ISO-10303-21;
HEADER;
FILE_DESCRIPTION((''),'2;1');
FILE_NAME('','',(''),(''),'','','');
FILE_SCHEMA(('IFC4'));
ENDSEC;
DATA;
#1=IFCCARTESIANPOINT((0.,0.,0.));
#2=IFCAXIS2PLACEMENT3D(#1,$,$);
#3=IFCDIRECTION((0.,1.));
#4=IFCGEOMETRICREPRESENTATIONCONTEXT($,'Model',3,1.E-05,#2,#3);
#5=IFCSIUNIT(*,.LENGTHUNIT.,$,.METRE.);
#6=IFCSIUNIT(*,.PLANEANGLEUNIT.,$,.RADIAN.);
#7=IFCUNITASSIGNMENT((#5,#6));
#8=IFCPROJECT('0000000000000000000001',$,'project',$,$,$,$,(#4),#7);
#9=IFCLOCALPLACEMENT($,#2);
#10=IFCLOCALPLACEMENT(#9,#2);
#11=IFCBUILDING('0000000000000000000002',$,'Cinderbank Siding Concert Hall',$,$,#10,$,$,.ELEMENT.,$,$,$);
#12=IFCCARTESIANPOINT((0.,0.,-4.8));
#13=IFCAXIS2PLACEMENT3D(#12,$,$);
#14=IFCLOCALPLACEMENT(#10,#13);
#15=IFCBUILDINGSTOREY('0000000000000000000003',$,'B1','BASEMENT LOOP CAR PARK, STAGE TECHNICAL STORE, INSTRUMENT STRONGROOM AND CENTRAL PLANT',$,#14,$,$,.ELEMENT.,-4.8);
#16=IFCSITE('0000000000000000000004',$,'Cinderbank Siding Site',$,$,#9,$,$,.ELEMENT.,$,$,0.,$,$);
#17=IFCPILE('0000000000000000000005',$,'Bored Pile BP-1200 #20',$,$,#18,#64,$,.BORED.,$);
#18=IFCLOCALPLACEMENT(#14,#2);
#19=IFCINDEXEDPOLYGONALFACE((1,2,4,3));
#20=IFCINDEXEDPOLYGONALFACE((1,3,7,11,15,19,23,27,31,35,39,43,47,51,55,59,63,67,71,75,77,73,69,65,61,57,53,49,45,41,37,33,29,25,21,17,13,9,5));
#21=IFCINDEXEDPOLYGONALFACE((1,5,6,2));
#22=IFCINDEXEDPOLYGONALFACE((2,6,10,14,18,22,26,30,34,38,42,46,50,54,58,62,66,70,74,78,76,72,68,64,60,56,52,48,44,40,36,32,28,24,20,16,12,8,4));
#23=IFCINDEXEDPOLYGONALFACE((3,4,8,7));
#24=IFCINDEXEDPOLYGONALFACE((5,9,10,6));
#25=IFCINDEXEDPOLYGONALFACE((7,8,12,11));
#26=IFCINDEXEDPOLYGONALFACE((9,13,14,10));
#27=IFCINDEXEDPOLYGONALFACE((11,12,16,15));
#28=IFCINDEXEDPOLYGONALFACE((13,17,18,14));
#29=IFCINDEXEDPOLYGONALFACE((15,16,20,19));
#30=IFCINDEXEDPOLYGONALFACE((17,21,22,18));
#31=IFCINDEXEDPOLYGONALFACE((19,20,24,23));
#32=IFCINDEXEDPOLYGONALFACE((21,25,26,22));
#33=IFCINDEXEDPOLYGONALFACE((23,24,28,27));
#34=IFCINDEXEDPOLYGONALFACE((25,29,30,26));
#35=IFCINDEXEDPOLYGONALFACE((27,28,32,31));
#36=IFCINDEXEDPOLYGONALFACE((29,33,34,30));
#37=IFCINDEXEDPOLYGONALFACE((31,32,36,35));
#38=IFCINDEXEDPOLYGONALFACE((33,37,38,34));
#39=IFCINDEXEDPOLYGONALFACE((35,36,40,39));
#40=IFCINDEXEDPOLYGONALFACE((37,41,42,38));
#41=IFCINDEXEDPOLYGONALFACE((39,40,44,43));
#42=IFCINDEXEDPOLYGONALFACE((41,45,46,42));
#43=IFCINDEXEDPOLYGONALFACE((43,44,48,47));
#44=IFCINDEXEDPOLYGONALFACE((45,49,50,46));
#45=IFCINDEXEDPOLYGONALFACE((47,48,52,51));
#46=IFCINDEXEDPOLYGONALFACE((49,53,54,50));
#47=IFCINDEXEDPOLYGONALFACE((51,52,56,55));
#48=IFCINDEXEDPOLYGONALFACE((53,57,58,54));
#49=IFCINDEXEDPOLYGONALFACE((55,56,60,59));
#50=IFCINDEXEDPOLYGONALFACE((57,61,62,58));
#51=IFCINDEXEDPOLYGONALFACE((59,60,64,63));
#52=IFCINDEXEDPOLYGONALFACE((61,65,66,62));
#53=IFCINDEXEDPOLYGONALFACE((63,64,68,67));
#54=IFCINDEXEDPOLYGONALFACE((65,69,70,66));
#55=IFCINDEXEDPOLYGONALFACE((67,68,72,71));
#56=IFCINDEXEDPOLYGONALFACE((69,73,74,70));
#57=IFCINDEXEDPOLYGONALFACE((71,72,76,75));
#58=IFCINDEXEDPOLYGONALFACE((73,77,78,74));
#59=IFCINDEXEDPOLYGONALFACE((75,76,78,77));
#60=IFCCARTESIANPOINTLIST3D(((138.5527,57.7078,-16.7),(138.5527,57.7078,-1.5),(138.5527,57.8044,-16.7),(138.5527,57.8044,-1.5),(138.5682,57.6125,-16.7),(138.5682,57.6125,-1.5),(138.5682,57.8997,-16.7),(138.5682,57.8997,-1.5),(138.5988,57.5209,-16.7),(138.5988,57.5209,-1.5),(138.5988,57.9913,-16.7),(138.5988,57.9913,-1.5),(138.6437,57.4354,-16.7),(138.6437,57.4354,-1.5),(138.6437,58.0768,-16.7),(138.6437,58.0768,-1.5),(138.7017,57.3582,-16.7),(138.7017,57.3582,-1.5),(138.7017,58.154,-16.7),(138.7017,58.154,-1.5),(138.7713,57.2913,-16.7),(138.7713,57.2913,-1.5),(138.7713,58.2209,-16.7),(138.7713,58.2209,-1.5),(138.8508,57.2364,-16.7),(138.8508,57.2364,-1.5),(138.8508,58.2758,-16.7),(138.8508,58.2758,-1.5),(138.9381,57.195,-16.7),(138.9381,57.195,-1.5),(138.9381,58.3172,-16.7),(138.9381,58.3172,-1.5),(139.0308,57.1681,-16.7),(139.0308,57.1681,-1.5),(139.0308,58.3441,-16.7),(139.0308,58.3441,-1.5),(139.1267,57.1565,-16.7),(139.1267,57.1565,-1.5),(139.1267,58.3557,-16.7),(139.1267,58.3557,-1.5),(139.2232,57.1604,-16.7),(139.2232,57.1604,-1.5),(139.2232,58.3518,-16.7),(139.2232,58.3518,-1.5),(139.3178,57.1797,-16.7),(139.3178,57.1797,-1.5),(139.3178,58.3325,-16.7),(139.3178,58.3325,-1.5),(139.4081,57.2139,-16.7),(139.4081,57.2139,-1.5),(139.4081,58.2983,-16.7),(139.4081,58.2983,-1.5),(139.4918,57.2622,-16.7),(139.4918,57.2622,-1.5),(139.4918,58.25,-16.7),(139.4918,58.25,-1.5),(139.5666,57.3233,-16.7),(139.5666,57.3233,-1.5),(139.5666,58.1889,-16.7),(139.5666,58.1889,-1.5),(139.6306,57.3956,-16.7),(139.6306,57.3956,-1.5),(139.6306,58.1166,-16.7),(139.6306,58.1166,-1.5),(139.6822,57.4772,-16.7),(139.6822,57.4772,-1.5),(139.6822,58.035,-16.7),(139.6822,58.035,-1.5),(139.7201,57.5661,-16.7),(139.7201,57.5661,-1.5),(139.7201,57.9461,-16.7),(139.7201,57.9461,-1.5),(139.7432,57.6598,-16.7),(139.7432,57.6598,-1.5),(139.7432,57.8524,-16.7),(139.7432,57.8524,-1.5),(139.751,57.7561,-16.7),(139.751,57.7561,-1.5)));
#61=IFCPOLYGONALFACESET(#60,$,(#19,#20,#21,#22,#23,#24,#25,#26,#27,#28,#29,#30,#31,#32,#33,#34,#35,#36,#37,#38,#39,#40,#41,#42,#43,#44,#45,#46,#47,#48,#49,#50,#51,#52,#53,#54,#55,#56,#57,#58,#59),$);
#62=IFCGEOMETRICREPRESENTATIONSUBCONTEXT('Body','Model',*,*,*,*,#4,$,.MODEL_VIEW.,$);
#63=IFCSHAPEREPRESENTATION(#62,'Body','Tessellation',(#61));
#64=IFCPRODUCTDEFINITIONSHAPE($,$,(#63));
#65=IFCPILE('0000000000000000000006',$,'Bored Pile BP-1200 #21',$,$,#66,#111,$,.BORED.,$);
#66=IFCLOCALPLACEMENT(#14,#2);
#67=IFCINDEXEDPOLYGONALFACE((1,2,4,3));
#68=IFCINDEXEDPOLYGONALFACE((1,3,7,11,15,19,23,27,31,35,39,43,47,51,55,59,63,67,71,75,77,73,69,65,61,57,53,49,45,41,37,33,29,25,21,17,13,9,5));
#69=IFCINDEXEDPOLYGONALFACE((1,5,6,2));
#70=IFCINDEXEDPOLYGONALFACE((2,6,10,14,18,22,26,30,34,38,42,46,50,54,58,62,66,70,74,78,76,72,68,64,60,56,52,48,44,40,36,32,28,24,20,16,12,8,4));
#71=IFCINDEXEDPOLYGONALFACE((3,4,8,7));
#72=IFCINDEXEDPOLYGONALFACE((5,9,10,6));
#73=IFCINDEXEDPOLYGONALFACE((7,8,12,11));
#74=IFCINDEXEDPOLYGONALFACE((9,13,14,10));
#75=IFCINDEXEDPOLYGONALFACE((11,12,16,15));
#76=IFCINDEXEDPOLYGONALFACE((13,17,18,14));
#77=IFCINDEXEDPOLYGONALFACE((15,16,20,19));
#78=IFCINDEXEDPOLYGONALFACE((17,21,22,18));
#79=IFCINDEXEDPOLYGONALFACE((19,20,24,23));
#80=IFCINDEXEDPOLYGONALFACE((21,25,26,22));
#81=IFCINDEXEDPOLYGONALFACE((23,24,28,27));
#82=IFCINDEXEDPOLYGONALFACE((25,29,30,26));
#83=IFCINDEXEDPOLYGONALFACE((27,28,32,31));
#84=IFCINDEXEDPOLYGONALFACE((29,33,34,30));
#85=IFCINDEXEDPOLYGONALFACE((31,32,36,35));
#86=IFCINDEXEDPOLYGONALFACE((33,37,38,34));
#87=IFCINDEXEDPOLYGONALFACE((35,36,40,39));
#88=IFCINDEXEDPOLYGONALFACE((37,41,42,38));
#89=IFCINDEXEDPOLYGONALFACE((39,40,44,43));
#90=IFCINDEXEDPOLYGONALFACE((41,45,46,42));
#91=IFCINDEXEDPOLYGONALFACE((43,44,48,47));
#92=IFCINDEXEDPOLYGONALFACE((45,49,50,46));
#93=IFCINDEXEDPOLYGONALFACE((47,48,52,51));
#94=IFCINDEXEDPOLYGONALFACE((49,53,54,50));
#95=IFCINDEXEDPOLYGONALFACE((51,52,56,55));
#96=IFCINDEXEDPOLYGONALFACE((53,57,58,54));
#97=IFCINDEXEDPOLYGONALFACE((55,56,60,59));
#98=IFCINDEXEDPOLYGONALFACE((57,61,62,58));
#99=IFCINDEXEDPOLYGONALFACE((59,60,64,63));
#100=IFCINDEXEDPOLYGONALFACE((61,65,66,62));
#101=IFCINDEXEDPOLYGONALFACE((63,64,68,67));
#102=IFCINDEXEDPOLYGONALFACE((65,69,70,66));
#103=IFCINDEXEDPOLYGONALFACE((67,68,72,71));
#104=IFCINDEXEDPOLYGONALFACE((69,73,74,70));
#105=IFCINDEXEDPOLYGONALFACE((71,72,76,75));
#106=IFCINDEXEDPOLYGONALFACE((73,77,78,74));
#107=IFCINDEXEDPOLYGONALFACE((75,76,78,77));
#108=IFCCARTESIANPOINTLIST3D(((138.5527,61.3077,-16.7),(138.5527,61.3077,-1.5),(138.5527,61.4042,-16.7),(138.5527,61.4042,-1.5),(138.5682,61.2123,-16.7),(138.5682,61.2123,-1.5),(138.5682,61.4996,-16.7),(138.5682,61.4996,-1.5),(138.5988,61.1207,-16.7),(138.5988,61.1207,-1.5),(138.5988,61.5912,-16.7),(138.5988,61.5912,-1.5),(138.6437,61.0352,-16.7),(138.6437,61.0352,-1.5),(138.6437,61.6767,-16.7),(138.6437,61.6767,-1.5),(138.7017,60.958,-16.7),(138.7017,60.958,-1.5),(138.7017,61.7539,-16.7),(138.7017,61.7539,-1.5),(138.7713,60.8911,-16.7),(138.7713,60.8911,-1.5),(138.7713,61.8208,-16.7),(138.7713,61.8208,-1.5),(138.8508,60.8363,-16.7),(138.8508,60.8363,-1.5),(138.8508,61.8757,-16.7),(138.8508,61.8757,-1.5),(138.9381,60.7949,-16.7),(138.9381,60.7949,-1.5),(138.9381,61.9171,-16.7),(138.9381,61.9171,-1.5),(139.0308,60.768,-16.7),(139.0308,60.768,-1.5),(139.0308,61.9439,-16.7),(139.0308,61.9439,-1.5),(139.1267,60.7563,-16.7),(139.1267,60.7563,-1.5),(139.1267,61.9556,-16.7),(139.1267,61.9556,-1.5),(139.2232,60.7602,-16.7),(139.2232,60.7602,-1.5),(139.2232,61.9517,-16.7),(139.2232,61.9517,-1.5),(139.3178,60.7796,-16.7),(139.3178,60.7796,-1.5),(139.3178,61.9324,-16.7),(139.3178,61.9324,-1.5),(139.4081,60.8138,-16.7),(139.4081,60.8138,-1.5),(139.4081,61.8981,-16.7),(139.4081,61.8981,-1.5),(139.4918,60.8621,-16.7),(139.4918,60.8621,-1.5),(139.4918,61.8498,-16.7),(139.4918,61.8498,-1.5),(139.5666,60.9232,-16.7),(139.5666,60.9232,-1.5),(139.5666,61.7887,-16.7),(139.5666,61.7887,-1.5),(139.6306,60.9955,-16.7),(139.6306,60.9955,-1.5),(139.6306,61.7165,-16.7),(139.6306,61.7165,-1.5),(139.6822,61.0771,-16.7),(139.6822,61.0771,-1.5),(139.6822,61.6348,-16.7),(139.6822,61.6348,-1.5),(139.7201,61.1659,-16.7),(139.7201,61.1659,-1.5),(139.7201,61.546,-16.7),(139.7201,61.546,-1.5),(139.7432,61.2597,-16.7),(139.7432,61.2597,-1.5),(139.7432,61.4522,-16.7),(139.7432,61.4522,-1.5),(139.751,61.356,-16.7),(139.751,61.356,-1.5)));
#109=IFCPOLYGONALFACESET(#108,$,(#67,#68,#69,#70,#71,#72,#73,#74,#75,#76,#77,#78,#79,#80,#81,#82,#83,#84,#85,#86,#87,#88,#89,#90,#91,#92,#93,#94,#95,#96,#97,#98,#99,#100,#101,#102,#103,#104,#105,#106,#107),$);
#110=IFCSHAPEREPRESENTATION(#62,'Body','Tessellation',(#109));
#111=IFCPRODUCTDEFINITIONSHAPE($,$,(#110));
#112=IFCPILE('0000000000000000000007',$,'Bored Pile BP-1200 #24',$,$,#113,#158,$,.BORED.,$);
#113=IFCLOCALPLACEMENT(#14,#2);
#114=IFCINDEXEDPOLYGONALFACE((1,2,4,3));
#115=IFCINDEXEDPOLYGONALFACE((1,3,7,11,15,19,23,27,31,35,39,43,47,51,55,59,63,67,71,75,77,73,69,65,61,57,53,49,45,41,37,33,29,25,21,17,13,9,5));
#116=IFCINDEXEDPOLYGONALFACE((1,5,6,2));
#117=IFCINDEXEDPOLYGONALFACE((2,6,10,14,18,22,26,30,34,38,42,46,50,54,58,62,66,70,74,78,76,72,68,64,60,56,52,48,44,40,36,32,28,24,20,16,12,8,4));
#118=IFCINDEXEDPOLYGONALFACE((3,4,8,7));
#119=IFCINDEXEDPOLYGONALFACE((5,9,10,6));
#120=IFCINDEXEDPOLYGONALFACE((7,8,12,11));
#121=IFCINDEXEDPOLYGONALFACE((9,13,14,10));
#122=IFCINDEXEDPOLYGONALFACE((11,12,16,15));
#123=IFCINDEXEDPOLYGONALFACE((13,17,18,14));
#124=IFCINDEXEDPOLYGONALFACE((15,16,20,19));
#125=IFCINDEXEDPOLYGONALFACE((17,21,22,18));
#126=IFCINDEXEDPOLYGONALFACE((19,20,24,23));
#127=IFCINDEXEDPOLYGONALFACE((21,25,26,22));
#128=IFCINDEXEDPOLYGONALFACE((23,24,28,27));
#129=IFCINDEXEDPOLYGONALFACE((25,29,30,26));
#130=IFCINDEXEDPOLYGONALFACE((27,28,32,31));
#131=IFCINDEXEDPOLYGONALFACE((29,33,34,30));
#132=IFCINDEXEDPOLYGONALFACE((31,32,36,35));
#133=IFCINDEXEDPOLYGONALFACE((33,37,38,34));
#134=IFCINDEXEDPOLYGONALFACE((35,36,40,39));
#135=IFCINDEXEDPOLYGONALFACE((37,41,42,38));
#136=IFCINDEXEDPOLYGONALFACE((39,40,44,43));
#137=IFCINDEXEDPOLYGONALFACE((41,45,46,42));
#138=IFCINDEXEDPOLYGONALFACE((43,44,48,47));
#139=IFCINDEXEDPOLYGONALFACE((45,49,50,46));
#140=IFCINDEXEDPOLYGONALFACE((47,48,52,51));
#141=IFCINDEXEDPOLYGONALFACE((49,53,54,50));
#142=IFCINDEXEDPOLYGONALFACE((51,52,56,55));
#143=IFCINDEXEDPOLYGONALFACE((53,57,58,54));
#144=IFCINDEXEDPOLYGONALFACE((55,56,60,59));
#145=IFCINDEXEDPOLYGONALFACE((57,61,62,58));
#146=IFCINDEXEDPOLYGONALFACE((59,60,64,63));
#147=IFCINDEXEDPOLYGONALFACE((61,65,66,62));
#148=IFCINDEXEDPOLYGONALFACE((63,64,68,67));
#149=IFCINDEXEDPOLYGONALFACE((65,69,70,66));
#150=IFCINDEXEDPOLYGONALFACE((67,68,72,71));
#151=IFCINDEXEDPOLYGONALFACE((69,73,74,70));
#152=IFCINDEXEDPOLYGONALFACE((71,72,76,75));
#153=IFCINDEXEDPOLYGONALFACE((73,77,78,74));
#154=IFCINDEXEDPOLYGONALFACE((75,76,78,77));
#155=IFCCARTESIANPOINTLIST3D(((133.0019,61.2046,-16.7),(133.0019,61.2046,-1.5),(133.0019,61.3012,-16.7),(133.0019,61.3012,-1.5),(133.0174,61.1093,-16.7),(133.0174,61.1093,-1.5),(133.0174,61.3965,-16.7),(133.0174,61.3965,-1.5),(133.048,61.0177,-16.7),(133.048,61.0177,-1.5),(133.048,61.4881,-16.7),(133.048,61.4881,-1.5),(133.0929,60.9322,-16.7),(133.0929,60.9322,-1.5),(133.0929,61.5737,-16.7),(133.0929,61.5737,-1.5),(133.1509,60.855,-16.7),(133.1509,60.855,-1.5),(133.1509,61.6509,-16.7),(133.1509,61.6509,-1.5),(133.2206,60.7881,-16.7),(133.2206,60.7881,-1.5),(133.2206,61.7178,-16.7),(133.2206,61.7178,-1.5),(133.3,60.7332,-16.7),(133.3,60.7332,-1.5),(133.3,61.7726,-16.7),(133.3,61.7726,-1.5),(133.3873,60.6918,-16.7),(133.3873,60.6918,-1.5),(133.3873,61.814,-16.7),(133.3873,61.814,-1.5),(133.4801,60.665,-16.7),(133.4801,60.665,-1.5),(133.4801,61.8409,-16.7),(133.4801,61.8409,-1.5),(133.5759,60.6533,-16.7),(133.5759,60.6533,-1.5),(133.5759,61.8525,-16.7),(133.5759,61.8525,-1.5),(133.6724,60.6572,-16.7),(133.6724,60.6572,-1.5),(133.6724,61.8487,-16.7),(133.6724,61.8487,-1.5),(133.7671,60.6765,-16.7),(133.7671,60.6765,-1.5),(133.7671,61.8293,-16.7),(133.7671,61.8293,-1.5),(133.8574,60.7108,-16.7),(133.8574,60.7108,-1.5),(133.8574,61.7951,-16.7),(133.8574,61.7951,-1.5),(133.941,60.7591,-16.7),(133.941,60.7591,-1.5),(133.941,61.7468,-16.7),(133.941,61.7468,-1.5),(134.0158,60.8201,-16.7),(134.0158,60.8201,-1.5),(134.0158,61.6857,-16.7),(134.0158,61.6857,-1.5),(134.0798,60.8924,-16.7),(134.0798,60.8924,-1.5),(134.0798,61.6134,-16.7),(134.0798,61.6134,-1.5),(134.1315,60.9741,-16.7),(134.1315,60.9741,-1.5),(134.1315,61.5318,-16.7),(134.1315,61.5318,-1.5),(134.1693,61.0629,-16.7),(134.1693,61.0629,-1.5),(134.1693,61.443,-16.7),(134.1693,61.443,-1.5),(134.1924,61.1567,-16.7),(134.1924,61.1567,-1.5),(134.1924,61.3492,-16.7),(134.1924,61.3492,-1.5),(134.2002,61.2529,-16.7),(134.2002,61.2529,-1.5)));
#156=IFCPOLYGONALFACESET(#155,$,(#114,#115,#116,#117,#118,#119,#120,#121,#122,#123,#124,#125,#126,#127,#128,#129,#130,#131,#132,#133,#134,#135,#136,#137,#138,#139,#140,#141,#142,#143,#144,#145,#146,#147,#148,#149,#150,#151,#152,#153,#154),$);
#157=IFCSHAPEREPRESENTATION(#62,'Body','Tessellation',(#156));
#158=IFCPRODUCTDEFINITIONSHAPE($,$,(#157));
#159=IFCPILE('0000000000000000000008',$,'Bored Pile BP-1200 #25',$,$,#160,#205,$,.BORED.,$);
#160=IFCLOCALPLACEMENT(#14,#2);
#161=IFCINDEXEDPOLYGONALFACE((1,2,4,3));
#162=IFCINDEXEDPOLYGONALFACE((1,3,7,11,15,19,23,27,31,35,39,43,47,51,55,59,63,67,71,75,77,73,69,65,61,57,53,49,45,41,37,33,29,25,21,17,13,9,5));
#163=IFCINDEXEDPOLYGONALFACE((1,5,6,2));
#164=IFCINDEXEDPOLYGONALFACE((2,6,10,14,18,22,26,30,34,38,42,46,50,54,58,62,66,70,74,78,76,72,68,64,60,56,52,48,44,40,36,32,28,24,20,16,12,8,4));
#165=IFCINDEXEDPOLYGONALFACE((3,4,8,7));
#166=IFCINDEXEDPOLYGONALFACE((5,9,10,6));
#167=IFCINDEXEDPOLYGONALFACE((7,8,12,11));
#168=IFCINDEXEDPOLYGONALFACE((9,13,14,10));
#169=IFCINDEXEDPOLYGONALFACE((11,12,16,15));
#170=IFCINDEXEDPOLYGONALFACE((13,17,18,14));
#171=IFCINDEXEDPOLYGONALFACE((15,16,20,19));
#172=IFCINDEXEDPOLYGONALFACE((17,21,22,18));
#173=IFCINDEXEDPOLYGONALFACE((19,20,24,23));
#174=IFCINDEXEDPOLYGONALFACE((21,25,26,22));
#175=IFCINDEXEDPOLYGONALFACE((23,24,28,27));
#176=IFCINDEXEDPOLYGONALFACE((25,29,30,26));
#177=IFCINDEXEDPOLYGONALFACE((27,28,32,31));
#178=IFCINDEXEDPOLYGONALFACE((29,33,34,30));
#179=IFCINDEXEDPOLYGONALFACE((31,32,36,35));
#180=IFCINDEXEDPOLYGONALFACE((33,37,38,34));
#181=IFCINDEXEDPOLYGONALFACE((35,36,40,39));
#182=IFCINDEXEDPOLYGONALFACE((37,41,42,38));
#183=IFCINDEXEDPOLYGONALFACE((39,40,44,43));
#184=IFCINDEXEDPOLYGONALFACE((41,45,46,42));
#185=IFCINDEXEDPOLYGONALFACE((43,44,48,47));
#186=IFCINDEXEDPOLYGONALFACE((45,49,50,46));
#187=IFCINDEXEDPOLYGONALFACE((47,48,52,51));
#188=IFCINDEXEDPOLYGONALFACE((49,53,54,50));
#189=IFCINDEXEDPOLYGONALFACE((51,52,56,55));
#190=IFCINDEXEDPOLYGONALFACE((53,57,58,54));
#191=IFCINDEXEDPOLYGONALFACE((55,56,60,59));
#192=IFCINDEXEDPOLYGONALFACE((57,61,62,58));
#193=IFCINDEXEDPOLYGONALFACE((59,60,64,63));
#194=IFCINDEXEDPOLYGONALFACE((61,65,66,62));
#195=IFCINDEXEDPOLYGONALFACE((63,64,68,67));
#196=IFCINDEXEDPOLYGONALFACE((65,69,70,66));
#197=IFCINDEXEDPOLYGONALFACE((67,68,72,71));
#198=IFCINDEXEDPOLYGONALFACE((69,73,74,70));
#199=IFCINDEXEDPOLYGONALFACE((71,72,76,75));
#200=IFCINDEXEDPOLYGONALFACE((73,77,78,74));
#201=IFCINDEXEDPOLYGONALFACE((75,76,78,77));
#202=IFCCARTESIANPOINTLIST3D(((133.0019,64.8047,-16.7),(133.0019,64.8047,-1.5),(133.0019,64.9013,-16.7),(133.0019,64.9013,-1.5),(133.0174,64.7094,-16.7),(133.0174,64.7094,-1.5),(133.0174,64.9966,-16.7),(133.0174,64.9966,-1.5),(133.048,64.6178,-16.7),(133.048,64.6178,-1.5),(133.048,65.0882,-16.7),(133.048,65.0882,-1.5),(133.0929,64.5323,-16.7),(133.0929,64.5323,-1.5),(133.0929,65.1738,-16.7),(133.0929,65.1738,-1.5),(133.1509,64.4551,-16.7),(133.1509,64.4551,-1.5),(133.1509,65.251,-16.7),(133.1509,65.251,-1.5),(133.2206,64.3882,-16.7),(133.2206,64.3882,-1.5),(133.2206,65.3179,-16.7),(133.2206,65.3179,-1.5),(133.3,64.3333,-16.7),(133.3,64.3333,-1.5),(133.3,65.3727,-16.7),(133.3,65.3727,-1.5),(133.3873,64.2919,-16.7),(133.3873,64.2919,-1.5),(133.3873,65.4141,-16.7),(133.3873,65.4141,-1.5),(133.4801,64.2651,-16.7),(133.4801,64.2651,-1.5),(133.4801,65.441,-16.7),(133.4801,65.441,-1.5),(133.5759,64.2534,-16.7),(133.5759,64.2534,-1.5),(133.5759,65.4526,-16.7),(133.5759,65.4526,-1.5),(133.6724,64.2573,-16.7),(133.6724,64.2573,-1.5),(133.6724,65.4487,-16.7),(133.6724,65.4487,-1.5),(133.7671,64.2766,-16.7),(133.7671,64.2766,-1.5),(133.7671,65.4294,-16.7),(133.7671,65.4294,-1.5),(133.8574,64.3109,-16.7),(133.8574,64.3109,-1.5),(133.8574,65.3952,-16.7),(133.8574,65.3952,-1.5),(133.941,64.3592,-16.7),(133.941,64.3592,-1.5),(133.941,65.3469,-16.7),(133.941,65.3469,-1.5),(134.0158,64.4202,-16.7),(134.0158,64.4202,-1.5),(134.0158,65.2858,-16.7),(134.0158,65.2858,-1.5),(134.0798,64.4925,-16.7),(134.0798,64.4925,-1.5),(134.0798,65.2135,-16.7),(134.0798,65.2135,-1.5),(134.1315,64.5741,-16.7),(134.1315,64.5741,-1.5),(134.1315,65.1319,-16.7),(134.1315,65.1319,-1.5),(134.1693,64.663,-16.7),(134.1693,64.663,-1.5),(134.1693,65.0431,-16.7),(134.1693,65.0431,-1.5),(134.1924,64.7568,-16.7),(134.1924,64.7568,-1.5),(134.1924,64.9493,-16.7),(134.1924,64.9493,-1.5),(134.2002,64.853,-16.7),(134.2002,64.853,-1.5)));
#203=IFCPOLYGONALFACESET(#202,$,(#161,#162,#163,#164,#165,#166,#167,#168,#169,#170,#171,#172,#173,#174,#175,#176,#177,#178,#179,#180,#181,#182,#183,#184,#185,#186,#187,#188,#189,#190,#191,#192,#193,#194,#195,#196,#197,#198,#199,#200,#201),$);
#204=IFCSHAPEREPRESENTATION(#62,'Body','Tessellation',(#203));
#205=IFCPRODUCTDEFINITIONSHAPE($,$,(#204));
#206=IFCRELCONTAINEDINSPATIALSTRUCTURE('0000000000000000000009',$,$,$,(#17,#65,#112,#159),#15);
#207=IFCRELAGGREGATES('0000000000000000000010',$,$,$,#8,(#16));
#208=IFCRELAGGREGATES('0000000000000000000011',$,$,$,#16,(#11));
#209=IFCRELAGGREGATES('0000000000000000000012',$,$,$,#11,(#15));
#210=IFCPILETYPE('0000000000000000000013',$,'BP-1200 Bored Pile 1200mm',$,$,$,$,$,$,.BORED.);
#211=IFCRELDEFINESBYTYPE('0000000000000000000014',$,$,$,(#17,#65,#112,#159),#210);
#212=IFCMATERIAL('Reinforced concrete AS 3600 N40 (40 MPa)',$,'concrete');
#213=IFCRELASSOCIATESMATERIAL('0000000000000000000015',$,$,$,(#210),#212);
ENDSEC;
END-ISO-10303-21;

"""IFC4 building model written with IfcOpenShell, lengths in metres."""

from ifc_helpers import new_model, si_unit, direction, frame, origin, origin_2d, place, context, subcontext, project, spatial, circle, extrude, material, material_profile, profile_set, type_object, element, save


model = new_model("IFC4")

# Units and contexts
model_context = context("Model", 3, precision=1e-05, world=origin(), true_north=direction((0.0, 1.0)))
body_context = subcontext(model_context, "Body", "Model", "MODEL_VIEW")
ifc_project = project(units=[si_unit("LENGTHUNIT", "METRE"), si_unit("PLANEANGLEUNIT", "RADIAN")], contexts=[model_context])

# Site, building, storey
site_placement = place(None, origin())
site = spatial("IfcSite", under=ifc_project, at=site_placement, Name="Cinderbank Siding Site", CompositionType="ELEMENT", RefElevation=0.0)
building_placement = place(site_placement, origin())
building = spatial("IfcBuilding", under=site, at=building_placement, Name="Cinderbank Siding Concert Hall", CompositionType="ELEMENT")
storey_placement = place(building_placement, frame((0.0, 0.0, -4.8)))
storey = spatial("IfcBuildingStorey", under=building, at=storey_placement, Name="B1", Description="BASEMENT LOOP CAR PARK, STAGE TECHNICAL STORE, INSTRUMENT STRONGROOM AND CENTRAL PLANT", CompositionType="ELEMENT", Elevation=-4.8)

# Piles
ifc_material_1 = material(Name="Reinforced concrete AS 3600 N40 (40 MPa)", Category="concrete")
ifc_material_profile_1 = material_profile(ifc_material_1, circle(Radius=0.6001, at=origin_2d()), Name="PILE-1200DIA", Category="LoadBearing")
ifc_profile_set_1 = profile_set([ifc_material_profile_1], Name="Reinforced concrete AS 3600 N40 (40 MPa)")
pile_type_1 = type_object("IfcPileType", Name="BP-1200 Bored Pile 1200mm", PredefinedType="BORED", material=ifc_profile_set_1)
for number, where, z_axis, x_axis, name in (
    (1, (139.1509, 57.7561, -1.5), (0.0, 0.0, -1.0), (1.0, 0.0, 0.0), "Bored Pile BP-1200 #20"),
    (2, (139.1509, 61.356, -1.5), (0.0, 0.0, -1.0), (1.0, 0.0, 0.0), "Bored Pile BP-1200 #21"),
    (3, (133.6001, 61.2529, -1.5), (0.0, 0.0, -1.0), (1.0, 0.0, 0.0), "Bored Pile BP-1200 #24"),
    (4, (133.6001, 64.853, -1.5), (0.0, 0.0, -1.0), (1.0, 0.0, 0.0), "Bored Pile BP-1200 #25"),
):
    element("IfcPile", number, at=place(storey_placement, frame(where, z_axis=z_axis, x_axis=x_axis)), inside=storey, type_object=pile_type_1, Name=name, PredefinedType="BORED", context=body_context, shape_type="SweptSolid", body=[
        extrude(circle(Radius=0.6001, at=origin_2d()), origin(), (0.0, 0.0, 1.0), 15.2),
    ])

save(model, "model.ifc")
